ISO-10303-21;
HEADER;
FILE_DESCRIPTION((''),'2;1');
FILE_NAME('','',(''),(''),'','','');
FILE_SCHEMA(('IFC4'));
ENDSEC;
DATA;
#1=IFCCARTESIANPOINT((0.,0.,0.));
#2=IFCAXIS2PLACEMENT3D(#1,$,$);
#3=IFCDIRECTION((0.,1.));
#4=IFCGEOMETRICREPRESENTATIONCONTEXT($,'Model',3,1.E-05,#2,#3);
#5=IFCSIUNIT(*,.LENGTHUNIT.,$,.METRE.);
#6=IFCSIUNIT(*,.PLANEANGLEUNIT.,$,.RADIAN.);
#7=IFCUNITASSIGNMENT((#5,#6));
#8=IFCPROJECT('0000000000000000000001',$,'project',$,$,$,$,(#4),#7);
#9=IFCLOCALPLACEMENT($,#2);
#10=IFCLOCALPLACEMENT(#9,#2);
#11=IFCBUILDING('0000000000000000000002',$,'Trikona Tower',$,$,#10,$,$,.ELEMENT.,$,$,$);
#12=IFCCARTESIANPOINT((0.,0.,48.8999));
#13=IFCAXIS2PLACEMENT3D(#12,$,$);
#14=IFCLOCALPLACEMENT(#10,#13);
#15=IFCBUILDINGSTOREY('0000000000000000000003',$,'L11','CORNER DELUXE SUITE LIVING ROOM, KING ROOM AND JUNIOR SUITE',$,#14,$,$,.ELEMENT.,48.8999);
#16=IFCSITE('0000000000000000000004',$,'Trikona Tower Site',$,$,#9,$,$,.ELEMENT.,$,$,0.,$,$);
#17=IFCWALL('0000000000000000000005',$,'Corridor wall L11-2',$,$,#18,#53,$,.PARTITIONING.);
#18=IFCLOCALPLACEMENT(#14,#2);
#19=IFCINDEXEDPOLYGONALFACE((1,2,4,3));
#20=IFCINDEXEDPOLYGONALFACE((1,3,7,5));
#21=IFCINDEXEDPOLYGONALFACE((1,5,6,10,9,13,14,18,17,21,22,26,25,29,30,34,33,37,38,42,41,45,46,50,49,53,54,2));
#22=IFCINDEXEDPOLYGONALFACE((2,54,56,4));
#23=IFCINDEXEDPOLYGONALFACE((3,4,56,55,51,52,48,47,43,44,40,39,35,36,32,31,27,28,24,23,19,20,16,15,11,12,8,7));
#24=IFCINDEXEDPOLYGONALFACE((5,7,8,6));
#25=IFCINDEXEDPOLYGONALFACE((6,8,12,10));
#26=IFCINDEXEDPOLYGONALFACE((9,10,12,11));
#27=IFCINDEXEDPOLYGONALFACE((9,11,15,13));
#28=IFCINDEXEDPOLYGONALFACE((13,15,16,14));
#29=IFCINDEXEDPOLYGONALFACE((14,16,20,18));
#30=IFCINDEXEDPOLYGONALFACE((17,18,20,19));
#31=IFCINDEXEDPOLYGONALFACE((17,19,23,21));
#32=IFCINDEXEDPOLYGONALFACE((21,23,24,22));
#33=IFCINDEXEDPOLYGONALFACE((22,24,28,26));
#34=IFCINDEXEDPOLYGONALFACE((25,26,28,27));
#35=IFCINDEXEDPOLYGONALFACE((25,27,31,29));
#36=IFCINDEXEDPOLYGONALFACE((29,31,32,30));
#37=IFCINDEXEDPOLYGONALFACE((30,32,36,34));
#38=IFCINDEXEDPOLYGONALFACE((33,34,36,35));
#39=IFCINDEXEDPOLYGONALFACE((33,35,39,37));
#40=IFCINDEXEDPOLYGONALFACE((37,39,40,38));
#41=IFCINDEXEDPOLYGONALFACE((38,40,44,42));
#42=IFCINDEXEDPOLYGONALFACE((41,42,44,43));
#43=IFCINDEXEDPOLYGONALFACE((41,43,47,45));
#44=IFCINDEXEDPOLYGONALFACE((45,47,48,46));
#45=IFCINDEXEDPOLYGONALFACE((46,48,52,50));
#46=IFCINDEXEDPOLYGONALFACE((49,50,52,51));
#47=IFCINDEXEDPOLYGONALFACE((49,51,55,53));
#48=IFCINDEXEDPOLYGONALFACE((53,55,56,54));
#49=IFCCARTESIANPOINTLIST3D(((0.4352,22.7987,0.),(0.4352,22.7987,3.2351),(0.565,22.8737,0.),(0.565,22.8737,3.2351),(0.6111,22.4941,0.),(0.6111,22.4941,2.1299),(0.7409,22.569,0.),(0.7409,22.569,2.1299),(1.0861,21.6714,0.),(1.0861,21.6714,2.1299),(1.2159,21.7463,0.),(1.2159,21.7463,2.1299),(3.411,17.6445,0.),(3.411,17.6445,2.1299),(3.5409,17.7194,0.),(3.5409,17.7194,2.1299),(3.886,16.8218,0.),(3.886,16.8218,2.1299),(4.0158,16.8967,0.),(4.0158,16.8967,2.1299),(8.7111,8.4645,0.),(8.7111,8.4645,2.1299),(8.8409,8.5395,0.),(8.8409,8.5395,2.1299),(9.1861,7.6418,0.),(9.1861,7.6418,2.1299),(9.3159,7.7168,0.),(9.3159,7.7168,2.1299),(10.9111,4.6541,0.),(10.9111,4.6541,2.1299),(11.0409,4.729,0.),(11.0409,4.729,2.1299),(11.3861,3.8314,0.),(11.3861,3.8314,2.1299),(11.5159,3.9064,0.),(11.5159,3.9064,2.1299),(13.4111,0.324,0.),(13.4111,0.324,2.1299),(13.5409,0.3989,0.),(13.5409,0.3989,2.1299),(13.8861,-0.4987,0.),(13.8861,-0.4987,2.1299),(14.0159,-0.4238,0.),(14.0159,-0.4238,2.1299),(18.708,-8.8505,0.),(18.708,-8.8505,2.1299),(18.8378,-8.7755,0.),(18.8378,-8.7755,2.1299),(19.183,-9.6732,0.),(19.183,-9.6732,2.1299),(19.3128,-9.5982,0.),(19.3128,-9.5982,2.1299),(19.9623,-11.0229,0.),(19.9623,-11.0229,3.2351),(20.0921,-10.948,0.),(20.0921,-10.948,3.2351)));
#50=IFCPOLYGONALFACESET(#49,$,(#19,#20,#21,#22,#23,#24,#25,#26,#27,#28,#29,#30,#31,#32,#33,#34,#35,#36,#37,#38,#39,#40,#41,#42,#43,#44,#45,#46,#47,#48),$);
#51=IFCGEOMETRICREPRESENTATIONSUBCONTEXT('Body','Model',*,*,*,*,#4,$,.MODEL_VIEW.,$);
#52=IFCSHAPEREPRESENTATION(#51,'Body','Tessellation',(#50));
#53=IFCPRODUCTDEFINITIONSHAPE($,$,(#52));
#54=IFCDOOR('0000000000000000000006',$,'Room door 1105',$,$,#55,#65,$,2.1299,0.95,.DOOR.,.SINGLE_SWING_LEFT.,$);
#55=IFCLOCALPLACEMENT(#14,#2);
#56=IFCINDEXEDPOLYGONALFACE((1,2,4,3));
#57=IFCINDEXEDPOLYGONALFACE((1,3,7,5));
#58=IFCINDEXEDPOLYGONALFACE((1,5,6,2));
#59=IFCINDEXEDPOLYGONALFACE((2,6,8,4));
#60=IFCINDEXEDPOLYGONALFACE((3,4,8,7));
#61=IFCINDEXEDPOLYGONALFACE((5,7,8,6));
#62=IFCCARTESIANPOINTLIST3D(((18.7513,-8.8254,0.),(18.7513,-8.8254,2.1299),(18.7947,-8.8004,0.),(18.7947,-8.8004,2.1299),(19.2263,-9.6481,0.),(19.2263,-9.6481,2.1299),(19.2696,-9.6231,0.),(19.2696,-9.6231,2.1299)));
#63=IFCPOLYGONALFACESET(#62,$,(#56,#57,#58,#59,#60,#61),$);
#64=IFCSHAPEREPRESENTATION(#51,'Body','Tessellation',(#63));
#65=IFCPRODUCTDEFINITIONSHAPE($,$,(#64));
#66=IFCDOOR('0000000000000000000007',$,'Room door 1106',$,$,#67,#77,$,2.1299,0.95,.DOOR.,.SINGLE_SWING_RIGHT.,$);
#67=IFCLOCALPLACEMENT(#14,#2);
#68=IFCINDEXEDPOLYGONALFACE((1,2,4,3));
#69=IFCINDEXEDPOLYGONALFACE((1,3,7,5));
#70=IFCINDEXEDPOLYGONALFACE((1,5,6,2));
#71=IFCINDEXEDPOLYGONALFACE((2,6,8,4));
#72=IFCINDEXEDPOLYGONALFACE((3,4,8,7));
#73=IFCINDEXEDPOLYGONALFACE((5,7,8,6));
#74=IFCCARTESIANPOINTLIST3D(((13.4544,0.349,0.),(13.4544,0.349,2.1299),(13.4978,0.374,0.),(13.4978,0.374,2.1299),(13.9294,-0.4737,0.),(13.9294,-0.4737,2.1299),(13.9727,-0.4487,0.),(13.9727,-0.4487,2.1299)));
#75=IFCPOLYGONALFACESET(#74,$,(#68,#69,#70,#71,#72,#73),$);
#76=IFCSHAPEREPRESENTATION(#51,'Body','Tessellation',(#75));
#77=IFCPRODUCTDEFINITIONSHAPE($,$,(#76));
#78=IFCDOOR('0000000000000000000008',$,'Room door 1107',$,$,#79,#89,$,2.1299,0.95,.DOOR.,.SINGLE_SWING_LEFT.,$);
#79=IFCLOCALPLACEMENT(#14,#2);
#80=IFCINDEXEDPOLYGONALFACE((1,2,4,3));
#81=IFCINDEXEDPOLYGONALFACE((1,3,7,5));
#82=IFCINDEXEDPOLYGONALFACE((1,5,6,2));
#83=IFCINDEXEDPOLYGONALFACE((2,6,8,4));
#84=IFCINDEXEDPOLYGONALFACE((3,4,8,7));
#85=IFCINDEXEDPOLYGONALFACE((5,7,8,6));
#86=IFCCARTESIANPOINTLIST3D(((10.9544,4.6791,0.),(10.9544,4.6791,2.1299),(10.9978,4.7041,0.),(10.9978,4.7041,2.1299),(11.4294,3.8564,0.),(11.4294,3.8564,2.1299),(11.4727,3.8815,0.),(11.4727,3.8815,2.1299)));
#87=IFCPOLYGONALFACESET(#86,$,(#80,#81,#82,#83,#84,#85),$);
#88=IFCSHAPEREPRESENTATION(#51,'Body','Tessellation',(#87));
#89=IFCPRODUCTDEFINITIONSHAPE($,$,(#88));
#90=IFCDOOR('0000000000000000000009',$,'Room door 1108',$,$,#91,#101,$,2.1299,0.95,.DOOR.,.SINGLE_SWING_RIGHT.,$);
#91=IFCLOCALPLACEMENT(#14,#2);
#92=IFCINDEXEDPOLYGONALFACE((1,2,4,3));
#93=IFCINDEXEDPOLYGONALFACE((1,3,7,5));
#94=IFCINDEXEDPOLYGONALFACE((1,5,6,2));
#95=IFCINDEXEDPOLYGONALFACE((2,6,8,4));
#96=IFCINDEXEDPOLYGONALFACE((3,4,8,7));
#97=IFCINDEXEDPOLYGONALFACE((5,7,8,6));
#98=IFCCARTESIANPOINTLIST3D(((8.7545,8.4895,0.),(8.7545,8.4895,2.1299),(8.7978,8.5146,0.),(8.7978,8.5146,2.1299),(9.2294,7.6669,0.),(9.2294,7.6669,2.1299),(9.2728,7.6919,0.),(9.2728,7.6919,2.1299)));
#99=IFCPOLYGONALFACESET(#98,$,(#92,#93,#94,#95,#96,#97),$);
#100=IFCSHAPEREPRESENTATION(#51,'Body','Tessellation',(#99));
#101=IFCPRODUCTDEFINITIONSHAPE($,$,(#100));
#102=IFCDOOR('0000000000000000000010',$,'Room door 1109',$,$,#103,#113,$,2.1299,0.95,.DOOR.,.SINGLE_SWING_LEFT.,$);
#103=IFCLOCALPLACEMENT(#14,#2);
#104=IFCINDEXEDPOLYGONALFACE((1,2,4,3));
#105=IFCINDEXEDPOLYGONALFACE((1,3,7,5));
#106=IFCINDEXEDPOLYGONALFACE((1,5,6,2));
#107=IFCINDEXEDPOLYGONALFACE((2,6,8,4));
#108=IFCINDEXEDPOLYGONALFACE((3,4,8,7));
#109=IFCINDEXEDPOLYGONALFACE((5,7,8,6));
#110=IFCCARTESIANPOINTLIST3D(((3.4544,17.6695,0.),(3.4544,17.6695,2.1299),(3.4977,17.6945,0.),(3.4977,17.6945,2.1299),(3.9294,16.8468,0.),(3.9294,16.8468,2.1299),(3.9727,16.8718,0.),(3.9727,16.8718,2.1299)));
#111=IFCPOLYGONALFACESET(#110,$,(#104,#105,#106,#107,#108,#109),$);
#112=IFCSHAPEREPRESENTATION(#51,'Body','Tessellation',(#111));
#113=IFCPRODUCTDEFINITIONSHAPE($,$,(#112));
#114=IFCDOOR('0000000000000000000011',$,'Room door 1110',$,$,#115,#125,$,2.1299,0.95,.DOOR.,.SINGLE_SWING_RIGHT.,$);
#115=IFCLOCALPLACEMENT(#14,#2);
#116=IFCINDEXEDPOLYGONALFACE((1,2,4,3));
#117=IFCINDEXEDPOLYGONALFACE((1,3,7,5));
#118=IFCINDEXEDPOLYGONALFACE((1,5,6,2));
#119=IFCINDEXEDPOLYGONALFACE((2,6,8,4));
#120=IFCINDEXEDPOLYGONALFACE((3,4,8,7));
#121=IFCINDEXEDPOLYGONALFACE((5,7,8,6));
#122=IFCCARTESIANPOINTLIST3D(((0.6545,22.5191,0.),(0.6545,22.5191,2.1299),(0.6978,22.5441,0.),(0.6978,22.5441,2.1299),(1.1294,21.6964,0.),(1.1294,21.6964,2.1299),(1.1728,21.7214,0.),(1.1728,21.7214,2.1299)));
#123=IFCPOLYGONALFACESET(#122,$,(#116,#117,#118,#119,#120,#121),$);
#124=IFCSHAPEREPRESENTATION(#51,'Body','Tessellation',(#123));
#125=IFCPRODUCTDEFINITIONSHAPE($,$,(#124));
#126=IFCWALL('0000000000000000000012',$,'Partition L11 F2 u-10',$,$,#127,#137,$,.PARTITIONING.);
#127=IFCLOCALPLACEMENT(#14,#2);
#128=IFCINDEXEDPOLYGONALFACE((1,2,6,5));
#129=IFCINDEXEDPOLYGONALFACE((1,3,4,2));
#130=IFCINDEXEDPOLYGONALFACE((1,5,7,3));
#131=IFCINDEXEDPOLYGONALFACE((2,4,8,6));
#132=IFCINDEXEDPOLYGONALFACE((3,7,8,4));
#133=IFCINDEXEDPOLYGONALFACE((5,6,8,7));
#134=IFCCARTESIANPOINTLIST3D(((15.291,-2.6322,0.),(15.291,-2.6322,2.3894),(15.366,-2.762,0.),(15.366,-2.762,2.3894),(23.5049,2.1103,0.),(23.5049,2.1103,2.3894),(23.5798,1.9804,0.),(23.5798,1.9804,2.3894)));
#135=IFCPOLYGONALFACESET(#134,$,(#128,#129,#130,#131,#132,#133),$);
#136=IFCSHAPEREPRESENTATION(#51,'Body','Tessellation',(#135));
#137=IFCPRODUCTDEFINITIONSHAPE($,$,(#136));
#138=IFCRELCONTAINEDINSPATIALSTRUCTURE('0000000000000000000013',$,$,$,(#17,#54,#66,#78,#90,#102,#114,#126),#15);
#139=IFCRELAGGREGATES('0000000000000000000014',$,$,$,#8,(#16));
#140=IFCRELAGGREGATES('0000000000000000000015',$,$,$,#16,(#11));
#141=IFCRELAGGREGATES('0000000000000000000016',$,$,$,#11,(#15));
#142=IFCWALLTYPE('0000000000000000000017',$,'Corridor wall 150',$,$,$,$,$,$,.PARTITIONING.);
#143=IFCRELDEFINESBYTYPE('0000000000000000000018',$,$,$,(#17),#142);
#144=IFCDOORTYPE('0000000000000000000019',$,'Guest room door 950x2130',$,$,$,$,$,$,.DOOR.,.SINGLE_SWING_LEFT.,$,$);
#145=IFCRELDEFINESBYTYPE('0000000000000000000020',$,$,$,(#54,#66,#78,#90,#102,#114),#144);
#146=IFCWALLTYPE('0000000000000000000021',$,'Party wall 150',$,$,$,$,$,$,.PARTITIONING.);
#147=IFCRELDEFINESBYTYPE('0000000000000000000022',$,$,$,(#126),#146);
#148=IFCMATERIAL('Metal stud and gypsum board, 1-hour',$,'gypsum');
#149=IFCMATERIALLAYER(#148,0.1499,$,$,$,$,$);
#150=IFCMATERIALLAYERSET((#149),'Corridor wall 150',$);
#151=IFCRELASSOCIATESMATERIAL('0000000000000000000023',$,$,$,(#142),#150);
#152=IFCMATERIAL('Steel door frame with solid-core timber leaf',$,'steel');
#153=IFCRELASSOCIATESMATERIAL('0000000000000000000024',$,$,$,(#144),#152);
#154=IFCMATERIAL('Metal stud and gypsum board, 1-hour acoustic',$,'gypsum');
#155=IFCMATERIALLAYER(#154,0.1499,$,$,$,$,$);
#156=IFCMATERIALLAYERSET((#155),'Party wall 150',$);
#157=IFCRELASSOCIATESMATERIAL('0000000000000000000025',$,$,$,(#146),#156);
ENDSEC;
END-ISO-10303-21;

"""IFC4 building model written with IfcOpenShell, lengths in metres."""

from ifc_helpers import new_model, si_unit, direction, frame, frame_2d, origin, place, context, subcontext, project, spatial, rectangle, extrude, material, layer, layer_set, type_object, element, fill, save


model = new_model("IFC4")

# Units and contexts
model_context = context("Model", 3, precision=1e-05, world=origin(), true_north=direction((0.0, 1.0)))
body_context = subcontext(model_context, "Body", "Model", "MODEL_VIEW")
ifc_project = project(units=[si_unit("LENGTHUNIT", "METRE"), si_unit("PLANEANGLEUNIT", "RADIAN")], contexts=[model_context])

# Site, building, storey
site_placement = place(None, origin())
site = spatial("IfcSite", under=ifc_project, at=site_placement, Name="Trikona Tower Site", CompositionType="ELEMENT", RefElevation=0.0)
building_placement = place(site_placement, origin())
building = spatial("IfcBuilding", under=site, at=building_placement, Name="Trikona Tower", CompositionType="ELEMENT")
storey_placement = place(building_placement, frame((0.0, 0.0, 48.8999)))
storey = spatial("IfcBuildingStorey", under=building, at=storey_placement, Name="L11", Description="CORNER DELUXE SUITE LIVING ROOM, KING ROOM AND JUNIOR SUITE", CompositionType="ELEMENT", Elevation=48.8999)

# Wall, openings, doors
ifc_material_1 = material(Name="Metal stud and gypsum board, 1-hour", Category="gypsum")
ifc_layer_1 = layer(ifc_material_1, 0.1499)
ifc_layer_set_1 = layer_set([ifc_layer_1], Name="Corridor wall 150")
wall_type_1 = type_object("IfcWallType", Name="Corridor wall 150", PredefinedType="PARTITIONING", material=ifc_layer_set_1)
wall_1_placement = place(storey_placement, frame((20.0271, -10.9854, 0.0), z_axis=(0.0, 0.0, 1.0), x_axis=(-0.500002, 0.866024, 0.0)))
wall_1 = element("IfcWall", 1, at=wall_1_placement, inside=storey, type_object=wall_type_1, Name="Corridor wall L11-2", PredefinedType="PARTITIONING", context=body_context, shape_type="SweptSolid", body=[
    extrude(rectangle(XDim=39.054, YDim=0.1499, at=frame_2d((19.5269, 0.0))), origin(), (0.0, 0.0, 1.0), 3.2351),
])
opening_1_placement = place(wall_1_placement, frame((1.5583, 0.0, 0.0)))
opening_1 = element("IfcOpeningElement", 2, at=opening_1_placement, cuts=wall_1, PredefinedType="OPENING", context=body_context, shape_type="SweptSolid", body=[
    extrude(rectangle(XDim=0.95, YDim=2.1299, at=frame_2d((0.4751, 1.0649))), frame((0.0, 0.085, 0.0), z_axis=(0.0, -1.0, 0.0), x_axis=(1.0, 0.0, 0.0)), (0.0, 0.0, 1.0), 0.1699),
])
opening_2_placement = place(wall_1_placement, frame((12.1521, 0.0, 0.0)))
opening_2 = element("IfcOpeningElement", 3, at=opening_2_placement, cuts=wall_1, PredefinedType="OPENING", context=body_context, shape_type="SweptSolid", body=[
    extrude(rectangle(XDim=0.95, YDim=2.1299, at=frame_2d((0.4751, 1.0649))), frame((0.0, 0.085, 0.0), z_axis=(0.0, -1.0, 0.0), x_axis=(1.0, 0.0, 0.0)), (0.0, 0.0, 1.0), 0.1699),
])
opening_3_placement = place(wall_1_placement, frame((17.1521, 0.0, 0.0)))
opening_3 = element("IfcOpeningElement", 4, at=opening_3_placement, cuts=wall_1, PredefinedType="OPENING", context=body_context, shape_type="SweptSolid", body=[
    extrude(rectangle(XDim=0.95, YDim=2.1299, at=frame_2d((0.4751, 1.0649))), frame((0.0, 0.085, 0.0), z_axis=(0.0, -1.0, 0.0), x_axis=(1.0, 0.0, 0.0)), (0.0, 0.0, 1.0), 0.1699),
])
opening_4_placement = place(wall_1_placement, frame((21.552, 0.0, 0.0)))
opening_4 = element("IfcOpeningElement", 5, at=opening_4_placement, cuts=wall_1, PredefinedType="OPENING", context=body_context, shape_type="SweptSolid", body=[
    extrude(rectangle(XDim=0.95, YDim=2.1299, at=frame_2d((0.4751, 1.0649))), frame((0.0, 0.085, 0.0), z_axis=(0.0, -1.0, 0.0), x_axis=(1.0, 0.0, 0.0)), (0.0, 0.0, 1.0), 0.1699),
])
opening_5_placement = place(wall_1_placement, frame((32.1521, 0.0, 0.0)))
opening_5 = element("IfcOpeningElement", 6, at=opening_5_placement, cuts=wall_1, PredefinedType="OPENING", context=body_context, shape_type="SweptSolid", body=[
    extrude(rectangle(XDim=0.95, YDim=2.1299, at=frame_2d((0.4751, 1.0649))), frame((0.0, 0.085, 0.0), z_axis=(0.0, -1.0, 0.0), x_axis=(1.0, 0.0, 0.0)), (0.0, 0.0, 1.0), 0.1699),
])
opening_6_placement = place(wall_1_placement, frame((37.752, 0.0, 0.0)))
opening_6 = element("IfcOpeningElement", 7, at=opening_6_placement, cuts=wall_1, PredefinedType="OPENING", context=body_context, shape_type="SweptSolid", body=[
    extrude(rectangle(XDim=0.95, YDim=2.1299, at=frame_2d((0.4751, 1.0649))), frame((0.0, 0.085, 0.0), z_axis=(0.0, -1.0, 0.0), x_axis=(1.0, 0.0, 0.0)), (0.0, 0.0, 1.0), 0.1699),
])
ifc_material_2 = material(Name="Steel door frame with solid-core timber leaf", Category="steel")
door_type_1 = type_object("IfcDoorType", Name="Guest room door 950x2130", OperationType="SINGLE_SWING_LEFT", PredefinedType="DOOR", material=ifc_material_2)
door_1_placement = place(opening_1_placement, origin())
door_1 = element("IfcDoor", 8, at=door_1_placement, inside=storey, type_object=door_type_1, Name="Room door 1105", OperationType="SINGLE_SWING_LEFT", OverallHeight=2.1299, OverallWidth=0.95, PredefinedType="DOOR", context=body_context, shape_type="SweptSolid", body=[
    extrude(rectangle(XDim=0.95, YDim=2.1299, at=frame_2d((0.4751, 1.0649))), frame((0.0, 0.0249, 0.0), z_axis=(0.0, -1.0, 0.0), x_axis=(1.0, 0.0, 0.0)), (0.0, 0.0, 1.0), 0.05),
])
fill(opening_1, door_1)
door_2_placement = place(opening_2_placement, origin())
door_2 = element("IfcDoor", 9, at=door_2_placement, inside=storey, type_object=door_type_1, Name="Room door 1106", OperationType="SINGLE_SWING_RIGHT", OverallHeight=2.1299, OverallWidth=0.95, PredefinedType="DOOR", context=body_context, shape_type="SweptSolid", body=[
    extrude(rectangle(XDim=0.95, YDim=2.1299, at=frame_2d((0.4751, 1.0649))), frame((0.0, 0.0249, 0.0), z_axis=(0.0, -1.0, 0.0), x_axis=(1.0, 0.0, 0.0)), (0.0, 0.0, 1.0), 0.05),
])
fill(opening_2, door_2)
door_3_placement = place(opening_3_placement, origin())
door_3 = element("IfcDoor", 10, at=door_3_placement, inside=storey, type_object=door_type_1, Name="Room door 1107", OperationType="SINGLE_SWING_LEFT", OverallHeight=2.1299, OverallWidth=0.95, PredefinedType="DOOR", context=body_context, shape_type="SweptSolid", body=[
    extrude(rectangle(XDim=0.95, YDim=2.1299, at=frame_2d((0.4751, 1.0649))), frame((0.0, 0.0249, 0.0), z_axis=(0.0, -1.0, 0.0), x_axis=(1.0, 0.0, 0.0)), (0.0, 0.0, 1.0), 0.05),
])
fill(opening_3, door_3)
door_4_placement = place(opening_4_placement, origin())
door_4 = element("IfcDoor", 11, at=door_4_placement, inside=storey, type_object=door_type_1, Name="Room door 1108", OperationType="SINGLE_SWING_RIGHT", OverallHeight=2.1299, OverallWidth=0.95, PredefinedType="DOOR", context=body_context, shape_type="SweptSolid", body=[
    extrude(rectangle(XDim=0.95, YDim=2.1299, at=frame_2d((0.4751, 1.0649))), frame((0.0, 0.0249, 0.0), z_axis=(0.0, -1.0, 0.0), x_axis=(1.0, 0.0, 0.0)), (0.0, 0.0, 1.0), 0.05),
])
fill(opening_4, door_4)
door_5_placement = place(opening_5_placement, origin())
door_5 = element("IfcDoor", 12, at=door_5_placement, inside=storey, type_object=door_type_1, Name="Room door 1109", OperationType="SINGLE_SWING_LEFT", OverallHeight=2.1299, OverallWidth=0.95, PredefinedType="DOOR", context=body_context, shape_type="SweptSolid", body=[
    extrude(rectangle(XDim=0.95, YDim=2.1299, at=frame_2d((0.4751, 1.0649))), frame((0.0, 0.0249, 0.0), z_axis=(0.0, -1.0, 0.0), x_axis=(1.0, 0.0, 0.0)), (0.0, 0.0, 1.0), 0.05),
])
fill(opening_5, door_5)
door_6_placement = place(opening_6_placement, origin())
door_6 = element("IfcDoor", 13, at=door_6_placement, inside=storey, type_object=door_type_1, Name="Room door 1110", OperationType="SINGLE_SWING_RIGHT", OverallHeight=2.1299, OverallWidth=0.95, PredefinedType="DOOR", context=body_context, shape_type="SweptSolid", body=[
    extrude(rectangle(XDim=0.95, YDim=2.1299, at=frame_2d((0.4751, 1.0649))), frame((0.0, 0.0249, 0.0), z_axis=(0.0, -1.0, 0.0), x_axis=(1.0, 0.0, 0.0)), (0.0, 0.0, 1.0), 0.05),
])
fill(opening_6, door_6)

# Wall
ifc_material_3 = material(Name="Metal stud and gypsum board, 1-hour acoustic", Category="gypsum")
ifc_layer_2 = layer(ifc_material_3, 0.1499)
ifc_layer_set_2 = layer_set([ifc_layer_2], Name="Party wall 150")
wall_type_2 = type_object("IfcWallType", Name="Party wall 150", PredefinedType="PARTITIONING", material=ifc_layer_set_2)
wall_2_placement = place(storey_placement, frame((15.3286, -2.697, 0.0), z_axis=(0.0, 0.0, 1.0), x_axis=(0.866018, 0.500012, 0.0)))
element("IfcWall", 14, at=wall_2_placement, inside=storey, type_object=wall_type_2, Name="Partition L11 F2 u-10", PredefinedType="PARTITIONING", context=body_context, shape_type="SweptSolid", body=[
    extrude(rectangle(XDim=9.4846, YDim=0.1499, at=frame_2d((4.7422, 0.0))), origin(), (0.0, 0.0, 1.0), 2.3894),
])

save(model, "model.ifc")
